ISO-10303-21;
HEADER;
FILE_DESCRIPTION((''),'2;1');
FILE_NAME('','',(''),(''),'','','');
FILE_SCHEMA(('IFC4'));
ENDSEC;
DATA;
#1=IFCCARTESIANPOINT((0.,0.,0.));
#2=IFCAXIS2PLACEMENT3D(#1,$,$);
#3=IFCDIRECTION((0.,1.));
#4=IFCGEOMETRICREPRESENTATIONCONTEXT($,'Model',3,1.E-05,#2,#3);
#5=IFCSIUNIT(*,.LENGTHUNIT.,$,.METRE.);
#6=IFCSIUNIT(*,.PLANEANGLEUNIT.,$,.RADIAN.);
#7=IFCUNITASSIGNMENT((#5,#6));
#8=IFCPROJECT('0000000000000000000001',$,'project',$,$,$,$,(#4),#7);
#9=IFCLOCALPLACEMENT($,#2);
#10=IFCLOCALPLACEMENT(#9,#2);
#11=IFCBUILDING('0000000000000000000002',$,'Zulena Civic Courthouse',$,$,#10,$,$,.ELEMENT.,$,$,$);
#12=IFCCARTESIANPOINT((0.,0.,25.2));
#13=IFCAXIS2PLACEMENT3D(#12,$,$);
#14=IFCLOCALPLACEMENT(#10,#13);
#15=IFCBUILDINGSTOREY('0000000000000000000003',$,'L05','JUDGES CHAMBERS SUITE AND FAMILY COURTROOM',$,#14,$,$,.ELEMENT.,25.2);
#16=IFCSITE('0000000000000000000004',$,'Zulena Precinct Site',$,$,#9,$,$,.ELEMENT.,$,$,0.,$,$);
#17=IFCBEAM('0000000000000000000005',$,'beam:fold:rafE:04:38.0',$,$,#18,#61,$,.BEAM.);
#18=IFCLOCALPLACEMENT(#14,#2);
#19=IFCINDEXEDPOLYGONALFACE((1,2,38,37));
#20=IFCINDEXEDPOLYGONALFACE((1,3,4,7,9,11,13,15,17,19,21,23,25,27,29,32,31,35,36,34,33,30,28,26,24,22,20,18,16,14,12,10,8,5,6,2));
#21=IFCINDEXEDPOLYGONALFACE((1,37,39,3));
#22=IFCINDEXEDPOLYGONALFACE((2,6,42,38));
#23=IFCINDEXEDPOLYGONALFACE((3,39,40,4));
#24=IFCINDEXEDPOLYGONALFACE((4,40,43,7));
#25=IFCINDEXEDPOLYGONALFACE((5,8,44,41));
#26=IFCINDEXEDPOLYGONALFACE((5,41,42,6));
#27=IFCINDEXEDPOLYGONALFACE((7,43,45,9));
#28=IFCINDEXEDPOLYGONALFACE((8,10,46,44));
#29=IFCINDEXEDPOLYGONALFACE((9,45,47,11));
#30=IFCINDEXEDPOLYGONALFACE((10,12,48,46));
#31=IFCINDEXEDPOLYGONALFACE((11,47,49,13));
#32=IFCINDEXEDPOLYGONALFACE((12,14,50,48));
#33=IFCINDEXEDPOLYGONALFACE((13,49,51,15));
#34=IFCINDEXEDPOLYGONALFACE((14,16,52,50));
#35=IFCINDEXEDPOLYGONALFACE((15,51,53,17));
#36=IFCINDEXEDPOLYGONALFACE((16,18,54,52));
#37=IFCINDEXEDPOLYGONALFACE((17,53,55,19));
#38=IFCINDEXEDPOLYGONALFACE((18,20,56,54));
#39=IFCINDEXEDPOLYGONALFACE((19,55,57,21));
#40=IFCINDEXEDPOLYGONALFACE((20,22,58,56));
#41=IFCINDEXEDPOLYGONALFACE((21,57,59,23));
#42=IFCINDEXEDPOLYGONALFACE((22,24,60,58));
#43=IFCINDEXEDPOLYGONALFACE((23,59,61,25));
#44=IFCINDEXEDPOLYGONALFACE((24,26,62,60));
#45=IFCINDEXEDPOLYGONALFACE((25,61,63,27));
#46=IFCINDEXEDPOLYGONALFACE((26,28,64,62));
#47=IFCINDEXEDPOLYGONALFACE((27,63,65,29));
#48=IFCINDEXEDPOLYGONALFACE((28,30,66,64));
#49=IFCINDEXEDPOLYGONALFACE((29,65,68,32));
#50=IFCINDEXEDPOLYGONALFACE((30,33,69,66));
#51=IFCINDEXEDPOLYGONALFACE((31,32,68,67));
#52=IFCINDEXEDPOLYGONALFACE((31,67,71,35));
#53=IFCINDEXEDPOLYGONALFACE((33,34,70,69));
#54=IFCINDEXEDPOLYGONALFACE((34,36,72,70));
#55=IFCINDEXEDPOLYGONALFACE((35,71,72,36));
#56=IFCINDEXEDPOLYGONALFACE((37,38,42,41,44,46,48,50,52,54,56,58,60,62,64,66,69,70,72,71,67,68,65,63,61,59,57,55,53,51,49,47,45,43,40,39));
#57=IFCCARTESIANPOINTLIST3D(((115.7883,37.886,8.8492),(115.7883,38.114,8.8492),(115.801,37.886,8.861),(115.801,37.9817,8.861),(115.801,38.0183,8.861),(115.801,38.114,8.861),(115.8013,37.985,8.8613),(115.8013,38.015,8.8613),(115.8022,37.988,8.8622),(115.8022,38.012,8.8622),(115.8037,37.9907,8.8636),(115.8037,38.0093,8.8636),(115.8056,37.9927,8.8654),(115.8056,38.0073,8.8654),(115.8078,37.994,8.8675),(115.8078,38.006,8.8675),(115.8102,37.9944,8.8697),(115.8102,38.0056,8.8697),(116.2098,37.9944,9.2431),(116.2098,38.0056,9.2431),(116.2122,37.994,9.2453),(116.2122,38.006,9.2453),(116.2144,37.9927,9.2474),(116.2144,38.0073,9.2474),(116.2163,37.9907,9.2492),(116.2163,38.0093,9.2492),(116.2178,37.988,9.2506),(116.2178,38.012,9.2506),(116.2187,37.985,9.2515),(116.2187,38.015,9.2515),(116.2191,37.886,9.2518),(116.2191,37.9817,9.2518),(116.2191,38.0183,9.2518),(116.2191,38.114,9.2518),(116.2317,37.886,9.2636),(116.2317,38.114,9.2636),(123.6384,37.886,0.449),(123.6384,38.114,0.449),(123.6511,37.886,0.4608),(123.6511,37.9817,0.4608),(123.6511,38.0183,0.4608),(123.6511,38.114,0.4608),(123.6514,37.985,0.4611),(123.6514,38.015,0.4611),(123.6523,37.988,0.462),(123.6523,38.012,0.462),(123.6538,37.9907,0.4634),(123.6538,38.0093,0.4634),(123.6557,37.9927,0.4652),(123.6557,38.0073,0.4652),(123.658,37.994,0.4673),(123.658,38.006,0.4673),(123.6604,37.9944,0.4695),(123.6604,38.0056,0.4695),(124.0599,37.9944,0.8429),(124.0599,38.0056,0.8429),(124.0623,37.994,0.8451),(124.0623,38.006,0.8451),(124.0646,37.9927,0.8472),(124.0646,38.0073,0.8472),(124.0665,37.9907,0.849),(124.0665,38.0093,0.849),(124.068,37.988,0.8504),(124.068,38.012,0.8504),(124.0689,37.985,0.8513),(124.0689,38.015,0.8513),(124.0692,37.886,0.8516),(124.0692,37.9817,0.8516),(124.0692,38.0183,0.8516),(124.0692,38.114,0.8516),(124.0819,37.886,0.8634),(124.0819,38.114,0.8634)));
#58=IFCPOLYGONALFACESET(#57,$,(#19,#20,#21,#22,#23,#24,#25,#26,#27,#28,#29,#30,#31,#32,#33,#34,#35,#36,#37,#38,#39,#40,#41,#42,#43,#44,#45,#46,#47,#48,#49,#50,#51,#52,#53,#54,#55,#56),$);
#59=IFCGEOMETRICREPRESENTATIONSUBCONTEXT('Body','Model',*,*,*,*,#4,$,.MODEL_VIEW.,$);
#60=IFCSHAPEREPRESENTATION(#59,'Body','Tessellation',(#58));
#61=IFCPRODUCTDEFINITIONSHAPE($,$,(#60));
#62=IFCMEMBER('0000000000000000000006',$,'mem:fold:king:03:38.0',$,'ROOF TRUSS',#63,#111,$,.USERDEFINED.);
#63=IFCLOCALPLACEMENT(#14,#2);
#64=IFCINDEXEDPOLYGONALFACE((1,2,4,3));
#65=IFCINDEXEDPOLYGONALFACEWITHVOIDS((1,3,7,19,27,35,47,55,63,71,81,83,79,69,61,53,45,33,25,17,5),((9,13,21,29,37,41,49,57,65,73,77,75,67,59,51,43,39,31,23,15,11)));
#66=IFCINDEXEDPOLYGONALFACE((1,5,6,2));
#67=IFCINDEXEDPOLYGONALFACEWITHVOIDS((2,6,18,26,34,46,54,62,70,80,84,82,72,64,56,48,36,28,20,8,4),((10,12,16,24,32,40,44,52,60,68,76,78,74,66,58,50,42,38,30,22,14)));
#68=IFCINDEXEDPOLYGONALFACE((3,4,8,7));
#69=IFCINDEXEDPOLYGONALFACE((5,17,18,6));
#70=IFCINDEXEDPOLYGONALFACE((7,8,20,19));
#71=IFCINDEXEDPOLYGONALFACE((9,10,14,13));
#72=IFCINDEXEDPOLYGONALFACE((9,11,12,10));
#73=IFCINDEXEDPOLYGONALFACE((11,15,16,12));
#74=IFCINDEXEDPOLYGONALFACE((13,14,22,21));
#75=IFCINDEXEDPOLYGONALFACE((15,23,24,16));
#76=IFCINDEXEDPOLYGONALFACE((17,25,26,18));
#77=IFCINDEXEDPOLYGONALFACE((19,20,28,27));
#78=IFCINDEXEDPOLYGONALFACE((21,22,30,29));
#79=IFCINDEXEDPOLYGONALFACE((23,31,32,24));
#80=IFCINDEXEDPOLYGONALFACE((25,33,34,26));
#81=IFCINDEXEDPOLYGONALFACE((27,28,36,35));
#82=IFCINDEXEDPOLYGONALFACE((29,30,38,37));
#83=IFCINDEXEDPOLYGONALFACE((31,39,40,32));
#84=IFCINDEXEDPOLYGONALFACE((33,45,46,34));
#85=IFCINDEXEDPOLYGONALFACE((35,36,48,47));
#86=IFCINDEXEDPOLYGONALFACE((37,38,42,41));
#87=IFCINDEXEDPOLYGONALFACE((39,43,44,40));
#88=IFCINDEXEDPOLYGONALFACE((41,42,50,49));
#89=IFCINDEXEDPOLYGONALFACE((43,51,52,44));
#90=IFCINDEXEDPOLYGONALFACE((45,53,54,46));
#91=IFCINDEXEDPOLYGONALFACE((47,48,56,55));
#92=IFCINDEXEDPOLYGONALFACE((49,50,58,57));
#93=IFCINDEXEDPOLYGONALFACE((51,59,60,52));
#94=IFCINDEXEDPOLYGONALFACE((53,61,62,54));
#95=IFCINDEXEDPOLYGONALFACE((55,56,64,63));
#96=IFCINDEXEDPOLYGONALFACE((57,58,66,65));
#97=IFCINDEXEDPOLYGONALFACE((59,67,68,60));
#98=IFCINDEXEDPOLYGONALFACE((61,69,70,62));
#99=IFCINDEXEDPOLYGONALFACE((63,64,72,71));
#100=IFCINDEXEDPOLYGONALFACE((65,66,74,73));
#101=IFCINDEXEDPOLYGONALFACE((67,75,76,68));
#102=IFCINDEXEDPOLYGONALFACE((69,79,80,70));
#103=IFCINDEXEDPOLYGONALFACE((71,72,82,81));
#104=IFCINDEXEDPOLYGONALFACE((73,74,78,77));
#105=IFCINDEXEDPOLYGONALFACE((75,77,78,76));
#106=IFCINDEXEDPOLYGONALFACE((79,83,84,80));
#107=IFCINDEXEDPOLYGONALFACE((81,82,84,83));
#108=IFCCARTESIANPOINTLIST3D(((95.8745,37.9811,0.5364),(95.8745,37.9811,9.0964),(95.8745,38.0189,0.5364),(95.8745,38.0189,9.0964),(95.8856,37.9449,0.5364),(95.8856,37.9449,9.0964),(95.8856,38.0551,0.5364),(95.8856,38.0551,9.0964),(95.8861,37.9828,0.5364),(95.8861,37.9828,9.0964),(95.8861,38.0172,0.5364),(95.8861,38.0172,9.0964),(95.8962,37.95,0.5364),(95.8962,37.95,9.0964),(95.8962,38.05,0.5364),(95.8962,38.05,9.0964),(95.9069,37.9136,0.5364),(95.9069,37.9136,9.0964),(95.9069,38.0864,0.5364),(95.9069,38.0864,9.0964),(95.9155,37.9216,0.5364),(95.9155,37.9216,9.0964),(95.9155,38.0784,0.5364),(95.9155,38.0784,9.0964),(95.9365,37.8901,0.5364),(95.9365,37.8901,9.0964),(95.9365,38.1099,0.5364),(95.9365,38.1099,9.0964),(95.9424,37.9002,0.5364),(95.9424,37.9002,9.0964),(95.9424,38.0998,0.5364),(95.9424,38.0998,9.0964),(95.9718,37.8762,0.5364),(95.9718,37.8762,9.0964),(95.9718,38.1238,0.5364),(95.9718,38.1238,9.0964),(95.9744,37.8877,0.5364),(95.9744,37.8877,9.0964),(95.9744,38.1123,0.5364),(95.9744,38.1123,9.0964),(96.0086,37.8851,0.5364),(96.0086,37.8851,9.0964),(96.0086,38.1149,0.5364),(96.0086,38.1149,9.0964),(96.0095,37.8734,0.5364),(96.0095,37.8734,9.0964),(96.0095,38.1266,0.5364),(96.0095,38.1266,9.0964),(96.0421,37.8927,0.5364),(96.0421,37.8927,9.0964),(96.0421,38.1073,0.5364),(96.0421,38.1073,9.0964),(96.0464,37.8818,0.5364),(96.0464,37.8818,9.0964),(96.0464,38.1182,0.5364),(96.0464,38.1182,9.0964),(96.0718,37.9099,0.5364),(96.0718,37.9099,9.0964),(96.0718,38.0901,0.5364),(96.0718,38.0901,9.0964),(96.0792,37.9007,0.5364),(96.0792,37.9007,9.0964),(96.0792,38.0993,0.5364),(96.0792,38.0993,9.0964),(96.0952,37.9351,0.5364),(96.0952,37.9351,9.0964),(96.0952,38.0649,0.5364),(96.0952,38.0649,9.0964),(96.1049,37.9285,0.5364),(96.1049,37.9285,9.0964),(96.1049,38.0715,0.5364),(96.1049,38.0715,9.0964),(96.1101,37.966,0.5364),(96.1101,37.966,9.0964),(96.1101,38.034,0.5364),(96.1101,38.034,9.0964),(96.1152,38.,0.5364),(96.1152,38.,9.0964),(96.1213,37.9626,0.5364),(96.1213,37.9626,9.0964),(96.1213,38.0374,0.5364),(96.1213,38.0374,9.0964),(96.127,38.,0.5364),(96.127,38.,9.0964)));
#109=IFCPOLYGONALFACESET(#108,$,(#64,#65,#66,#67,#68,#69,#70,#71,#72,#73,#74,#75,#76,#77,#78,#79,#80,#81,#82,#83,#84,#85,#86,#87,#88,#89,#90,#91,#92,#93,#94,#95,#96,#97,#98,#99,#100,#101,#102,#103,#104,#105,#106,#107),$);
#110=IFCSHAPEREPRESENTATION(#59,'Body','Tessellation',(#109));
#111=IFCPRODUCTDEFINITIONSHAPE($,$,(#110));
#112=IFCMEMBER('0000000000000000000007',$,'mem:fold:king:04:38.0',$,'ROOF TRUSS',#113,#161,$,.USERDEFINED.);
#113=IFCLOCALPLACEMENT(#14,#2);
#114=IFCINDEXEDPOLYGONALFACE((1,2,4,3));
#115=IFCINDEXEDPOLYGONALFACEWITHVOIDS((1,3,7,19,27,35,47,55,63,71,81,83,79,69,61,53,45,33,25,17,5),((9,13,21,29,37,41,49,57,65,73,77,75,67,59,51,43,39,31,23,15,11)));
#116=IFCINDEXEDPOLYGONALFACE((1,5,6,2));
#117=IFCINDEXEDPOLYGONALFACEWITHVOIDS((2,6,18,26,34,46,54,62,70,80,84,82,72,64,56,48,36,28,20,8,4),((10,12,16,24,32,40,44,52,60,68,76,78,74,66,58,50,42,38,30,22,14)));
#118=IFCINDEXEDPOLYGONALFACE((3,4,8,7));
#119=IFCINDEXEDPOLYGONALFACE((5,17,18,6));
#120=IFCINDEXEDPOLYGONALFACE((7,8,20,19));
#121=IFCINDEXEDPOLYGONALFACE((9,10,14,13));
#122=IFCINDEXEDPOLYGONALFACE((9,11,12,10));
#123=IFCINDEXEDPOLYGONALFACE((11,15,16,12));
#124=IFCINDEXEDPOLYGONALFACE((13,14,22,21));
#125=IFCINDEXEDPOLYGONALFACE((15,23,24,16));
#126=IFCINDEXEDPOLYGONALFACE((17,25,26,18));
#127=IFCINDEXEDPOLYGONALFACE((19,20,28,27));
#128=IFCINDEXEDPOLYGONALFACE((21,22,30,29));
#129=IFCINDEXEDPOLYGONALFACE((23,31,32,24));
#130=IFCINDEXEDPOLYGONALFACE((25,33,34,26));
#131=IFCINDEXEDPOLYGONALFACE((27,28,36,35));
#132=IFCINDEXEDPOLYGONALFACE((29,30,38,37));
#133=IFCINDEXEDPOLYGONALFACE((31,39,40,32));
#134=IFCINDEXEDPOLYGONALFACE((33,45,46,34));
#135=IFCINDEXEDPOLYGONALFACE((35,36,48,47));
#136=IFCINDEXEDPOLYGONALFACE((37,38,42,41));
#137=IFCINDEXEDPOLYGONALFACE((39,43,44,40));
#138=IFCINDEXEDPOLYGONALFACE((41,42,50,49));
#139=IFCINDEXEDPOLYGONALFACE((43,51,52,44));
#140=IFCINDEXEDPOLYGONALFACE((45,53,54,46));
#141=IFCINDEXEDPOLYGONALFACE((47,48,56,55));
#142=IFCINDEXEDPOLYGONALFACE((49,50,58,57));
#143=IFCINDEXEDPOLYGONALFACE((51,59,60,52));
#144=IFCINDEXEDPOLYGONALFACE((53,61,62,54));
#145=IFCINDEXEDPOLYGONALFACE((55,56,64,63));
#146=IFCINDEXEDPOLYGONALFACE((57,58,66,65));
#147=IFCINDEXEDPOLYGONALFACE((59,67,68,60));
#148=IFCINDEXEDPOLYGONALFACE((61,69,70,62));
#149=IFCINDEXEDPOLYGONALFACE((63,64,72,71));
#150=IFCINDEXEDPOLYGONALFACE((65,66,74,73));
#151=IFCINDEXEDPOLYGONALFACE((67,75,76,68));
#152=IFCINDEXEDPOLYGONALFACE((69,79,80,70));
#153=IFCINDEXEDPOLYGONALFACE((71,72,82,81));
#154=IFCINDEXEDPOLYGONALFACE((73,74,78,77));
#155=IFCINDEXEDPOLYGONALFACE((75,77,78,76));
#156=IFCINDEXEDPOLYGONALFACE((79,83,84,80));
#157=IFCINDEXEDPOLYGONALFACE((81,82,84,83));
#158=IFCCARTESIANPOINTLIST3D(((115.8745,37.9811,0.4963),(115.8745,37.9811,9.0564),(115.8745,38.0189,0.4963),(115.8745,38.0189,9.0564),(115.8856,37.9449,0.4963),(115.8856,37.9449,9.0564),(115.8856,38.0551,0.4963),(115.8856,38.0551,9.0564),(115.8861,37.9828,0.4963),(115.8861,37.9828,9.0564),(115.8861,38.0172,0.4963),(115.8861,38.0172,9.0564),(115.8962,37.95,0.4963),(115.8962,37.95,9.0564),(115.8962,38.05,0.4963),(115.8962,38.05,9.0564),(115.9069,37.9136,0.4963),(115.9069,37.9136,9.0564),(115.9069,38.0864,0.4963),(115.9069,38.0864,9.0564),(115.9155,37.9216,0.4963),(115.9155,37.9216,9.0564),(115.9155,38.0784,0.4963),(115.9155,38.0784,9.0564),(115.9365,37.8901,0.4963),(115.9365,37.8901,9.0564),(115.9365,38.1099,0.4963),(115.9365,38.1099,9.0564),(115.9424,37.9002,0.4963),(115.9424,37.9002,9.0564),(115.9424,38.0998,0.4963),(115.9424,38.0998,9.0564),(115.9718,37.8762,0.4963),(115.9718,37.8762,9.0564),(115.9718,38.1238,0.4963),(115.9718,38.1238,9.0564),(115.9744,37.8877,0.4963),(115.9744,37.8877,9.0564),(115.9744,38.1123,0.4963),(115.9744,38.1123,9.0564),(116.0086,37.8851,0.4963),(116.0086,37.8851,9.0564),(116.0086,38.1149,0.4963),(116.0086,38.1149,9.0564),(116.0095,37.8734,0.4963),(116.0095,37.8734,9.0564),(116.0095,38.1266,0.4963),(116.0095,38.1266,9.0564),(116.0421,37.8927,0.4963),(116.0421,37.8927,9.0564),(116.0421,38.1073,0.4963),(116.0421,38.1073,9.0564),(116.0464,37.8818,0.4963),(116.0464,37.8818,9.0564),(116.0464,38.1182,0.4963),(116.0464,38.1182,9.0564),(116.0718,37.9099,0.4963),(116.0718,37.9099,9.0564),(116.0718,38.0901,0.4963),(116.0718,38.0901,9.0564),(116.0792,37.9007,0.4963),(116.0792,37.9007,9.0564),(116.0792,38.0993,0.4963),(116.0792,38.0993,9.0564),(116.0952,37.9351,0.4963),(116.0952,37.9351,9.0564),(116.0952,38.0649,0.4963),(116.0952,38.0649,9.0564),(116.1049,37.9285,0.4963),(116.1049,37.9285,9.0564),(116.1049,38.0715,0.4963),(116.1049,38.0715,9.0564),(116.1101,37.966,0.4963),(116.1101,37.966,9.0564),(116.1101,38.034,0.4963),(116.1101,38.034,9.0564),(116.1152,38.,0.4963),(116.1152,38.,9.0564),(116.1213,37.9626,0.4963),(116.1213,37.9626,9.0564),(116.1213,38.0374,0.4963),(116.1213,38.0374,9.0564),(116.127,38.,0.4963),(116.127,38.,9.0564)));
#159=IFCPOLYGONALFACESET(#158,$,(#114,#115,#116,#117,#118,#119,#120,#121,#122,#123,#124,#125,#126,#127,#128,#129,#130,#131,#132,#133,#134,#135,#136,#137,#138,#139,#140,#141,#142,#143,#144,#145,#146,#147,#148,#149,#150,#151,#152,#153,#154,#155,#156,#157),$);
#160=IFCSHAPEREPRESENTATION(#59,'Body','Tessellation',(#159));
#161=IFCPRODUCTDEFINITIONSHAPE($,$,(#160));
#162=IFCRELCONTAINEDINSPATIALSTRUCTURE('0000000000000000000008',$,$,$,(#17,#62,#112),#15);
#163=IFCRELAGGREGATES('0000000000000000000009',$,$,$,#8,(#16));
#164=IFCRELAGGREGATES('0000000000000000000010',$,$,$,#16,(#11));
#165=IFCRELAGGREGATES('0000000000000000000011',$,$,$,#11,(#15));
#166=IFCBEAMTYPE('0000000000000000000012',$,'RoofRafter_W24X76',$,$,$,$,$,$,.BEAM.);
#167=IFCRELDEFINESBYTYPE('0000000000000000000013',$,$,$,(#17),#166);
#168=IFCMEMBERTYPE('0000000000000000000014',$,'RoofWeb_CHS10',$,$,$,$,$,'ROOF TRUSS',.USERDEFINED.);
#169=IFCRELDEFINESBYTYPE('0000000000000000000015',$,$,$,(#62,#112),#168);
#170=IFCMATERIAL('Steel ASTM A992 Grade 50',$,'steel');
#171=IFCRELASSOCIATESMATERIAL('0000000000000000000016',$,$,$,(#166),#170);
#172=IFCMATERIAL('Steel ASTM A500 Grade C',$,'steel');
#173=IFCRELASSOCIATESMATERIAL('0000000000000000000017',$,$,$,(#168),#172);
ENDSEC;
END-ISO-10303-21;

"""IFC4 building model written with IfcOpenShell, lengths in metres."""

from ifc_helpers import new_model, si_unit, direction, frame, origin, origin_2d, place, context, subcontext, project, spatial, hollow_circle, i_section, extrude, material, material_profile, profile_set, type_object, element, save


model = new_model("IFC4")

# Units and contexts
model_context = context("Model", 3, precision=1e-05, world=origin(), true_north=direction((0.0, 1.0)))
body_context = subcontext(model_context, "Body", "Model", "MODEL_VIEW")
ifc_project = project(units=[si_unit("LENGTHUNIT", "METRE"), si_unit("PLANEANGLEUNIT", "RADIAN")], contexts=[model_context])

# Site, building, storey
site_placement = place(None, origin())
site = spatial("IfcSite", under=ifc_project, at=site_placement, Name="Zulena Precinct Site", CompositionType="ELEMENT", RefElevation=0.0)
building_placement = place(site_placement, origin())
building = spatial("IfcBuilding", under=site, at=building_placement, Name="Zulena Civic Courthouse", CompositionType="ELEMENT")
storey_placement = place(building_placement, frame((0.0, 0.0, 25.2)))
storey = spatial("IfcBuildingStorey", under=building, at=storey_placement, Name="L05", Description="JUDGES CHAMBERS SUITE AND FAMILY COURTROOM", CompositionType="ELEMENT", Elevation=25.2)

# Shared definitions
ifc_material_1 = material(Name="Steel ASTM A992 Grade 50", Category="steel")

# Beam
ifc_material_profile_1 = material_profile(ifc_material_1, i_section(OverallWidth=0.228, OverallDepth=0.6069, WebThickness=0.0112, FlangeThickness=0.0173, FilletRadius=0.0127, at=origin_2d()), Name="W24X76")
ifc_profile_set_1 = profile_set([ifc_material_profile_1], Name="Steel ASTM A992 Grade 50")
beam_type = type_object("IfcBeamType", Name="RoofRafter_W24X76", PredefinedType="BEAM", material=ifc_profile_set_1)
for number, where, z_axis, x_axis, name in (
    (1, (116.01, 38.0, 9.0564), (0.682781, 0.0, -0.730623), (0.0, 1.0, 0.0), "beam:fold:rafE:04:38.0"),
):
    element("IfcBeam", number, at=place(storey_placement, frame(where, z_axis=z_axis, x_axis=x_axis)), inside=storey, type_object=beam_type, Name=name, PredefinedType="BEAM", context=body_context, shape_type="SweptSolid", body=[
        extrude(i_section(OverallWidth=0.228, OverallDepth=0.6069, WebThickness=0.0112, FlangeThickness=0.0173, FilletRadius=0.0127, at=origin_2d()), origin(), (0.0, 0.0, 1.0), 11.4973),
    ])

# Members
ifc_material_2 = material(Name="Steel ASTM A500 Grade C", Category="steel")
ifc_material_profile_2 = material_profile(ifc_material_2, hollow_circle(Radius=0.127, WallThickness=0.0117, at=origin_2d()), Name="HSS10.000X0.500")
ifc_profile_set_2 = profile_set([ifc_material_profile_2], Name="Steel ASTM A500 Grade C")
member_type_1 = type_object("IfcMemberType", Name="RoofWeb_CHS10", ElementType="ROOF TRUSS", PredefinedType="USERDEFINED", material=ifc_profile_set_2)
for number, where, z_axis, x_axis, name in (
    (2, (96.0, 38.0, 0.5364), (0.0, 0.0, 1.0), (1.0, 0.0, 0.0), "mem:fold:king:03:38.0"),
    (3, (116.0, 38.0, 0.4963), (0.0, 0.0, 1.0), (1.0, 0.0, 0.0), "mem:fold:king:04:38.0"),
):
    element("IfcMember", number, at=place(storey_placement, frame(where, z_axis=z_axis, x_axis=x_axis)), inside=storey, type_object=member_type_1, Name=name, ObjectType="ROOF TRUSS", PredefinedType="USERDEFINED", context=body_context, shape_type="SweptSolid", body=[
        extrude(hollow_circle(Radius=0.127, WallThickness=0.0117, at=origin_2d()), origin(), (0.0, 0.0, 1.0), 8.5601),
    ])

save(model, "model.ifc")
